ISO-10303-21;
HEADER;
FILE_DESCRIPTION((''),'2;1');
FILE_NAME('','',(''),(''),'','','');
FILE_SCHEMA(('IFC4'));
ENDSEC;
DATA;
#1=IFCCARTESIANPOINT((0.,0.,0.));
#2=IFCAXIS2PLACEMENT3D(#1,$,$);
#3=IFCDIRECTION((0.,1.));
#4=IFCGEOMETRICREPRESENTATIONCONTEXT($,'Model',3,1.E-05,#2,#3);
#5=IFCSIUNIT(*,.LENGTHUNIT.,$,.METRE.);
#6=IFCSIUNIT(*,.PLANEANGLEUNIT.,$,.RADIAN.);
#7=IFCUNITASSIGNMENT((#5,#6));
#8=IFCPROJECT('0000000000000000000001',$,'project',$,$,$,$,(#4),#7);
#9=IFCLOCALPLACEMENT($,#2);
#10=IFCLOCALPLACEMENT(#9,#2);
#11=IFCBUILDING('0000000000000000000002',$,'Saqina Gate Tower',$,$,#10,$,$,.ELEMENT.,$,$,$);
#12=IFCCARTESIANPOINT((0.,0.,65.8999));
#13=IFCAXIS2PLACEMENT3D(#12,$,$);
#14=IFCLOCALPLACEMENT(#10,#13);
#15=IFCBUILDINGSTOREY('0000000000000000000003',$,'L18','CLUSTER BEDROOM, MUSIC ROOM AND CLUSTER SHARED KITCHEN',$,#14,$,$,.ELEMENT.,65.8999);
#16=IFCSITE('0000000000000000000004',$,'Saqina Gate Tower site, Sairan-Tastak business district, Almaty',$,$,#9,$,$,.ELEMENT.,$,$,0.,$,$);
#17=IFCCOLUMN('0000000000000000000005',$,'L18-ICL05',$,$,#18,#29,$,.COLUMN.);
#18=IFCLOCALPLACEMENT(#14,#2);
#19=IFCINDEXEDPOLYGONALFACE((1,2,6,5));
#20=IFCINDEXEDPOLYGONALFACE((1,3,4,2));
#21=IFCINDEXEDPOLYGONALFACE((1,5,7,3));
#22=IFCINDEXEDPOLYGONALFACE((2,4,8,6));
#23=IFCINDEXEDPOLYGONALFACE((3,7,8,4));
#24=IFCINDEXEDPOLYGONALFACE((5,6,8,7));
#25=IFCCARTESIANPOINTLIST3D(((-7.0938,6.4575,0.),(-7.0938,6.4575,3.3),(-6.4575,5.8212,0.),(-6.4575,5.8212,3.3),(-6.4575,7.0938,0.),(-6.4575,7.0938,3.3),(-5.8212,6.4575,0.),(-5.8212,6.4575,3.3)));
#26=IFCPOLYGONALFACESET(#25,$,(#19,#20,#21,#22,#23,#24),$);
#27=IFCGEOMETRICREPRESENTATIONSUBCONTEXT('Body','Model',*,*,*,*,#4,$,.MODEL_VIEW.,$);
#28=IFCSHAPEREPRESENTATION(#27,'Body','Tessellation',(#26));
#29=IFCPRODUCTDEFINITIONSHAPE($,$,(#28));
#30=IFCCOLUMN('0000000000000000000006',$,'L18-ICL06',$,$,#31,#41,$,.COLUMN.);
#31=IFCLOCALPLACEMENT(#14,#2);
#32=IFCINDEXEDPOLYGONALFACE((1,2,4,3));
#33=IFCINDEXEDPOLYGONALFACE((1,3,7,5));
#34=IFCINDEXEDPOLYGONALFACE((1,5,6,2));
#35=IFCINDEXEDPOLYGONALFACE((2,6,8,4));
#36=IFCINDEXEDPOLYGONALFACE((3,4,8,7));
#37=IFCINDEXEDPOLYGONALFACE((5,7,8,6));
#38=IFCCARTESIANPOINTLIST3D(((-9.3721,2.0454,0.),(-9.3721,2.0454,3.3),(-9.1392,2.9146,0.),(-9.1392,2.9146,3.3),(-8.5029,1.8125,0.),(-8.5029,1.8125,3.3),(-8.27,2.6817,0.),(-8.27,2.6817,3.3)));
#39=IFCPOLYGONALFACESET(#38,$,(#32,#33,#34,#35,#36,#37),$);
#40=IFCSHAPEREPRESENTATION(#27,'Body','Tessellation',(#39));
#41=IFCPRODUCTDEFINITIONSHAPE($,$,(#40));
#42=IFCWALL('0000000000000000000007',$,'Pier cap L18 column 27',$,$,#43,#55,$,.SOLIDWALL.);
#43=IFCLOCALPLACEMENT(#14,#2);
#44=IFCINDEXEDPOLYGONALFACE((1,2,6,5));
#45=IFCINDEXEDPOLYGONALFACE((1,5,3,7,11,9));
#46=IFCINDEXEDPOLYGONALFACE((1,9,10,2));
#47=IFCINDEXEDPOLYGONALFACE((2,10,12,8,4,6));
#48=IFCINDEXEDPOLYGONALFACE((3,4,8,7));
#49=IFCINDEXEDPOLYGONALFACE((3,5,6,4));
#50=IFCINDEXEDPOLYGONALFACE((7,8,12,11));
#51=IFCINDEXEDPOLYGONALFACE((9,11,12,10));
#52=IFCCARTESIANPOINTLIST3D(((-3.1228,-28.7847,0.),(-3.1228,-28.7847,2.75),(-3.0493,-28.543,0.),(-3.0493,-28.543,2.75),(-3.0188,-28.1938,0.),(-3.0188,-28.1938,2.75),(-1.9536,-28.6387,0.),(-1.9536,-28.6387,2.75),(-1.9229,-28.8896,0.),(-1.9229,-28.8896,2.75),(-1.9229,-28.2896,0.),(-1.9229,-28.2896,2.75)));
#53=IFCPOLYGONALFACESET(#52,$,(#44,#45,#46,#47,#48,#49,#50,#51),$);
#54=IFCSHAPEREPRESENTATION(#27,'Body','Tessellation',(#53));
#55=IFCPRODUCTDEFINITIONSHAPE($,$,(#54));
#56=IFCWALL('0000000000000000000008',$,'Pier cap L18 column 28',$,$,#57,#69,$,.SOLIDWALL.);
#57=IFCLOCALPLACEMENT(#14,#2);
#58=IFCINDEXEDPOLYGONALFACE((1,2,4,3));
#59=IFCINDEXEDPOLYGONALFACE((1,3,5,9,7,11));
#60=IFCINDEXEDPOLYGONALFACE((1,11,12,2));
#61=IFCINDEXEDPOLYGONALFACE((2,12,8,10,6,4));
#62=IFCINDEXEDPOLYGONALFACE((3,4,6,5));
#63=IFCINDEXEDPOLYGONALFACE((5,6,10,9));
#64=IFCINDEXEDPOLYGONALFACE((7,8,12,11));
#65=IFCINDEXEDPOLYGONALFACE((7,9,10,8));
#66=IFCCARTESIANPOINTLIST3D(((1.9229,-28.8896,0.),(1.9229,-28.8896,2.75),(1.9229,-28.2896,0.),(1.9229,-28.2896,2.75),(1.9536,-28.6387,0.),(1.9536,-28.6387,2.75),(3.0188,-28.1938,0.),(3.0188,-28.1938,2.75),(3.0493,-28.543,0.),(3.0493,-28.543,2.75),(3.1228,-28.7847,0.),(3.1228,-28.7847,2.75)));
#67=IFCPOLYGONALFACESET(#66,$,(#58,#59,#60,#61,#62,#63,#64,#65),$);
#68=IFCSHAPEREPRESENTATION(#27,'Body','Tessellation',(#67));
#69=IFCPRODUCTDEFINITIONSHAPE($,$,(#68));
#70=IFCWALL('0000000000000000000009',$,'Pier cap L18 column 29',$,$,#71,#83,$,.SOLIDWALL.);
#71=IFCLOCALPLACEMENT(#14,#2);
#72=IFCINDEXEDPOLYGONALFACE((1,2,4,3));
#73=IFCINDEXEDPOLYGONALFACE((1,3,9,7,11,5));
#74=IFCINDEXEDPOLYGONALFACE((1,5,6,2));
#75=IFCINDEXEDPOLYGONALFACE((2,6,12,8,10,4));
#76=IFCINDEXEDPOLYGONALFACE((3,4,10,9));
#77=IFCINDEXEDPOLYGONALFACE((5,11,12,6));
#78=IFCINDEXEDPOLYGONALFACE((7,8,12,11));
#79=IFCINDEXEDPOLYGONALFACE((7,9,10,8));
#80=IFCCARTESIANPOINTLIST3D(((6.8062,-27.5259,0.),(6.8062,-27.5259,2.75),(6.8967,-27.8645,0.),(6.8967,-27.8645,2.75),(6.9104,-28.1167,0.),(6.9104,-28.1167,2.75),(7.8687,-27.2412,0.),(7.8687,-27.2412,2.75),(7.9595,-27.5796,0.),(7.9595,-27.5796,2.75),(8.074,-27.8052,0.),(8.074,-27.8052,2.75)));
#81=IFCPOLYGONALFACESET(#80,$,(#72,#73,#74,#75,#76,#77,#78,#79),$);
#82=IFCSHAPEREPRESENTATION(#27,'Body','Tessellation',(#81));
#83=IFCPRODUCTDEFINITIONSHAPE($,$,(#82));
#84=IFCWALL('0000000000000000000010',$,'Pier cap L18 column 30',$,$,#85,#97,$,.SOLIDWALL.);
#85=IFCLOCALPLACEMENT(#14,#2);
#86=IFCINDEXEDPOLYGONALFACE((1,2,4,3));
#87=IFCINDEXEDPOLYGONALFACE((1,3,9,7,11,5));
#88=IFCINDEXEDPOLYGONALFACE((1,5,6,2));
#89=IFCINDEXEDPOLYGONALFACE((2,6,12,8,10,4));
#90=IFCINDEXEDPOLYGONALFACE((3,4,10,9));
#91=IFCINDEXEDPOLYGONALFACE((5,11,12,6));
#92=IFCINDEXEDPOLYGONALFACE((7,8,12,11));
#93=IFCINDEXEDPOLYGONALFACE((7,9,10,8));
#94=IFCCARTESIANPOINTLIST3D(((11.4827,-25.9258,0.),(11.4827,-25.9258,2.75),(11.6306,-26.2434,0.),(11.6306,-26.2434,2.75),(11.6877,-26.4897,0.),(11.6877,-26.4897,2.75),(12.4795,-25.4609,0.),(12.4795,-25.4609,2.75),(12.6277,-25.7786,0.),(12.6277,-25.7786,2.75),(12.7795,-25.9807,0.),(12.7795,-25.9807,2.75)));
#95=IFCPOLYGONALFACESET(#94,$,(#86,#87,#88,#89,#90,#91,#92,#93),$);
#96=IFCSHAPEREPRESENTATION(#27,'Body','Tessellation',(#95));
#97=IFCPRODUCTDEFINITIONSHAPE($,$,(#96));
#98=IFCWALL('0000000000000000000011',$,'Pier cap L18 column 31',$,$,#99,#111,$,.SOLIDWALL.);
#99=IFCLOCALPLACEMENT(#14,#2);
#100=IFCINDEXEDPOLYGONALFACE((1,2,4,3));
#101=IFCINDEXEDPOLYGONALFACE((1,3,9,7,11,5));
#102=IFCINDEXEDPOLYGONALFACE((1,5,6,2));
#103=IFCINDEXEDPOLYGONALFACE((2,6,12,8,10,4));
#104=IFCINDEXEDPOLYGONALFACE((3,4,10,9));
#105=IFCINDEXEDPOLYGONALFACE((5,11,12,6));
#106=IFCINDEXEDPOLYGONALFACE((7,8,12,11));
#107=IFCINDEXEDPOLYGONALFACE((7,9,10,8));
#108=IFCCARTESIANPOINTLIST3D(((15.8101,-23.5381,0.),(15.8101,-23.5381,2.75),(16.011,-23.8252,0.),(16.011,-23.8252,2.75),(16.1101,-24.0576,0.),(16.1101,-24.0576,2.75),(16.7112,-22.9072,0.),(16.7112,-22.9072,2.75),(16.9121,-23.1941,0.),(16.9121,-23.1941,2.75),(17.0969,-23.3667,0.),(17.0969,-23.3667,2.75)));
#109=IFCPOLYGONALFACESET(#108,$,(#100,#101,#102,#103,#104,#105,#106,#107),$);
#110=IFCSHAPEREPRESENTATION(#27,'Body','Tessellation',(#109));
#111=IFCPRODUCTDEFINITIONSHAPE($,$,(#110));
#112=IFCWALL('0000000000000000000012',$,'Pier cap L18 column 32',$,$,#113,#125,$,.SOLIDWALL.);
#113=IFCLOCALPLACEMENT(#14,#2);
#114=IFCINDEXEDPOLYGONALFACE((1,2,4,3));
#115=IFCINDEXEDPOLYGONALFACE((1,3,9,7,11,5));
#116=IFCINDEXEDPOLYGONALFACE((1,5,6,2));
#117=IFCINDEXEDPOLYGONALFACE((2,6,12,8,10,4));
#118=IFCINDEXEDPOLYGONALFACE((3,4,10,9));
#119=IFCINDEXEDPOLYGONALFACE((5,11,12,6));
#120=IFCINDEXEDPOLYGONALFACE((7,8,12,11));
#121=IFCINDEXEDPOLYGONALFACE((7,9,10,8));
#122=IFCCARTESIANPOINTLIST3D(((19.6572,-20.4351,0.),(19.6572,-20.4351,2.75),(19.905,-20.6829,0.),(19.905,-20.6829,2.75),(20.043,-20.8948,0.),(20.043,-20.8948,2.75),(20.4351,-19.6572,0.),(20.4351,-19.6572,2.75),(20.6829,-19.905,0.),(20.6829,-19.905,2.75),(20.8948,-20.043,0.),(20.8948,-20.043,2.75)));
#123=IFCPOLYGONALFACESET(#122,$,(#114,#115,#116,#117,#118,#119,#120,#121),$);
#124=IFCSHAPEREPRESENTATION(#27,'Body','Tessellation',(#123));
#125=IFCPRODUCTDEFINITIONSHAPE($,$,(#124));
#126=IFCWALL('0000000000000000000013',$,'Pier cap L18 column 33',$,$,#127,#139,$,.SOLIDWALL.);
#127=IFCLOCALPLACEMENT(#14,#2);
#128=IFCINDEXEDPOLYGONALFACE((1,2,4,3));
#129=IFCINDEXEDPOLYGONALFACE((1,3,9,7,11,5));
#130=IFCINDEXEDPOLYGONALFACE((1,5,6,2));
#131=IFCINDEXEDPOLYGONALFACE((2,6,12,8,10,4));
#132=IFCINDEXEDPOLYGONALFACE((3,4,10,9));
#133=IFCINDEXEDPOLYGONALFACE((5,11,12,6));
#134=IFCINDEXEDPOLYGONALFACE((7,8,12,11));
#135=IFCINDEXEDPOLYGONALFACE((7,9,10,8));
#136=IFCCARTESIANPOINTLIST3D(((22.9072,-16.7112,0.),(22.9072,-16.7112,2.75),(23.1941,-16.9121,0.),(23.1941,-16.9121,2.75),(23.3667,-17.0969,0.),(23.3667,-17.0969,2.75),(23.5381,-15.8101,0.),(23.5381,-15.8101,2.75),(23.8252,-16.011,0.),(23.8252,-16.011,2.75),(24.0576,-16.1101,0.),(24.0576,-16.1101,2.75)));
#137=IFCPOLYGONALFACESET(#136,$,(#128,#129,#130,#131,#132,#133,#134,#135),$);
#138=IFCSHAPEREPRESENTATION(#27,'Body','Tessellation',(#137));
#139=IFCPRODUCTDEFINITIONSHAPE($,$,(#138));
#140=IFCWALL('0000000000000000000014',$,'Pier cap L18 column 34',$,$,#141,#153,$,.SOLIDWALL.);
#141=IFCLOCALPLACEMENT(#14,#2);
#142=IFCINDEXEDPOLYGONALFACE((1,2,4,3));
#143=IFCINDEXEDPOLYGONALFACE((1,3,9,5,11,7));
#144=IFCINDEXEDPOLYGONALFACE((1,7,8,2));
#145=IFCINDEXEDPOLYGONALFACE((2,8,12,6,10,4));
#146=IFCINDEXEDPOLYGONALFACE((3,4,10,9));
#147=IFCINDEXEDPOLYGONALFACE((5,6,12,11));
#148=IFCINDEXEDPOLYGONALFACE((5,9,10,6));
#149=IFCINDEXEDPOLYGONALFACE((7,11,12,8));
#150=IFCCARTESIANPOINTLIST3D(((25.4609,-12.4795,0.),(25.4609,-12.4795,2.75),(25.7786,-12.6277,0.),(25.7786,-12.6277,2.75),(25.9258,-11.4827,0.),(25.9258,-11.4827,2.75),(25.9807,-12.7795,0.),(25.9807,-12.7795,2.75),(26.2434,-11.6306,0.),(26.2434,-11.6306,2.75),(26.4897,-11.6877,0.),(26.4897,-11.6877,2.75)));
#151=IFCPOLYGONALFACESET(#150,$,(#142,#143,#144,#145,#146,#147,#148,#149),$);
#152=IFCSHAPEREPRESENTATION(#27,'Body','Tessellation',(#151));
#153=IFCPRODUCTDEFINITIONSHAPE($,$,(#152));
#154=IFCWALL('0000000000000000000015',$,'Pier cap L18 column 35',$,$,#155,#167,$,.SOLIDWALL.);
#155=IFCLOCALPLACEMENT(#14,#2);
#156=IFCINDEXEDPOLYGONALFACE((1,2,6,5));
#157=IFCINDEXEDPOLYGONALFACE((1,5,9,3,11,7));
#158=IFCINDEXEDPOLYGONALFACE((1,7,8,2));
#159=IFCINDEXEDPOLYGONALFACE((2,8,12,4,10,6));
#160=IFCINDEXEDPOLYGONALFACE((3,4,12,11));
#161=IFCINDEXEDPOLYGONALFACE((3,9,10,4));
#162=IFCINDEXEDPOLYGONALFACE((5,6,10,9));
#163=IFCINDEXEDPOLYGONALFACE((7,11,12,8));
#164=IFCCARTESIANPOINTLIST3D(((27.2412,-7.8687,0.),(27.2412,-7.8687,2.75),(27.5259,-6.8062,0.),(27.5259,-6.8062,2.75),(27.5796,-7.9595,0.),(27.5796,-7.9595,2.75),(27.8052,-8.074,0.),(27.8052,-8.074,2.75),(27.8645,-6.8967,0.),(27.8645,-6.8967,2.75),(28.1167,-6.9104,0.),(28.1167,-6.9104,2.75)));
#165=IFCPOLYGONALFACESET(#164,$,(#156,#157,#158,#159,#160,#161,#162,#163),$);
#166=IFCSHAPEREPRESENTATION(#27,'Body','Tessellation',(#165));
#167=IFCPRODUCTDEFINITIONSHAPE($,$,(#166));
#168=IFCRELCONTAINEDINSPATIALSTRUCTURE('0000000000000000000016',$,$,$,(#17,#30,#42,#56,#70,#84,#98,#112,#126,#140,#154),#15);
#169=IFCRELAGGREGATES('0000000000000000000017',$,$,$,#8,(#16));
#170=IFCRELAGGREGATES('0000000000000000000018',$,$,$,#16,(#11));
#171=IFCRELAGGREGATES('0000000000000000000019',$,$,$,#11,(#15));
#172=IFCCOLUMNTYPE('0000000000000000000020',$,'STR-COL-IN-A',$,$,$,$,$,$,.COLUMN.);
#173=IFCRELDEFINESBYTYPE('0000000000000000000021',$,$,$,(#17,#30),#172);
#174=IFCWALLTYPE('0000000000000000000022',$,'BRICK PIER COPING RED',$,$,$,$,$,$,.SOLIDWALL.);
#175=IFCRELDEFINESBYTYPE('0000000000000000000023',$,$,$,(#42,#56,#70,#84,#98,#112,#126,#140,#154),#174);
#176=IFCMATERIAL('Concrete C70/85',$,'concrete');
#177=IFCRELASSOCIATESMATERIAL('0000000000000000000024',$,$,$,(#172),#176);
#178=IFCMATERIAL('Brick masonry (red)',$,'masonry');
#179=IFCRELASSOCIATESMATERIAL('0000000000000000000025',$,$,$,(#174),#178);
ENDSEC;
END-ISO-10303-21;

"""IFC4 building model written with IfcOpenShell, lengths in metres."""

from ifc_helpers import new_model, si_unit, direction, frame, origin, origin_2d, place, context, subcontext, project, spatial, polyline, rectangle, outline, extrude, material, material_profile, profile_set, type_object, element, save


model = new_model("IFC4")

# Units and contexts
model_context = context("Model", 3, precision=1e-05, world=origin(), true_north=direction((0.0, 1.0)))
body_context = subcontext(model_context, "Body", "Model", "MODEL_VIEW")
ifc_project = project(units=[si_unit("LENGTHUNIT", "METRE"), si_unit("PLANEANGLEUNIT", "RADIAN")], contexts=[model_context])

# Site, building, storey
site_placement = place(None, origin())
site = spatial("IfcSite", under=ifc_project, at=site_placement, Name="Saqina Gate Tower site, Sairan-Tastak business district, Almaty", CompositionType="ELEMENT", RefElevation=0.0)
building_placement = place(site_placement, origin())
building = spatial("IfcBuilding", under=site, at=building_placement, Name="Saqina Gate Tower", CompositionType="ELEMENT")
storey_placement = place(building_placement, frame((0.0, 0.0, 65.8999)))
storey = spatial("IfcBuildingStorey", under=building, at=storey_placement, Name="L18", Description="CLUSTER BEDROOM, MUSIC ROOM AND CLUSTER SHARED KITCHEN", CompositionType="ELEMENT", Elevation=65.8999)

# Columns
ifc_material_1 = material(Name="Concrete C70/85", Category="concrete")
ifc_material_profile = material_profile(ifc_material_1, rectangle(XDim=0.8999, YDim=0.8999, at=origin_2d()), Name="RC 900x900")
ifc_profile_set = profile_set([ifc_material_profile], Name="Concrete C70/85")
column_type = type_object("IfcColumnType", Name="STR-COL-IN-A", PredefinedType="COLUMN", material=ifc_profile_set)
for number, where, z_axis, x_axis, name in (
    (1, (-6.4575, 6.4575, 0.0), (0.0, 0.0, 1.0), (-0.707107, 0.707107, 0.0), "L18-ICL05"),
    (2, (-8.821, 2.3635, 0.0), (0.0, 0.0, 1.0), (-0.965926, 0.258819, 0.0), "L18-ICL06"),
):
    element("IfcColumn", number, at=place(storey_placement, frame(where, z_axis=z_axis, x_axis=x_axis)), inside=storey, type_object=column_type, Name=name, PredefinedType="COLUMN", context=body_context, shape_type="SweptSolid", body=[
        extrude(rectangle(XDim=0.8999, YDim=0.8999, at=origin_2d()), origin(), (0.0, 0.0, 1.0), 3.3),
    ])

# Walls
ifc_material_2 = material(Name="Brick masonry (red)", Category="masonry")
wall_type_1 = type_object("IfcWallType", Name="BRICK PIER COPING RED", PredefinedType="SOLIDWALL", material=ifc_material_2)
wall_1_placement = place(storey_placement, origin())
element("IfcWall", 3, at=wall_1_placement, inside=storey, type_object=wall_type_1, Name="Pier cap L18 column 27", PredefinedType="SOLIDWALL", context=body_context, shape_type="SweptSolid", body=[
    extrude(outline(polyline([(-3.1228, -28.7847), (-1.9229, -28.8896), (-1.9229, -28.2896), (-1.9536, -28.6387), (-3.0493, -28.543), (-3.0188, -28.1938), (-3.1228, -28.7847)])), origin(), (0.0, 0.0, 1.0), 2.75),
])
wall_2_placement = place(storey_placement, origin())
element("IfcWall", 4, at=wall_2_placement, inside=storey, type_object=wall_type_1, Name="Pier cap L18 column 28", PredefinedType="SOLIDWALL", context=body_context, shape_type="SweptSolid", body=[
    extrude(outline(polyline([(1.9229, -28.8896), (3.1228, -28.7847), (3.0188, -28.1938), (3.0493, -28.543), (1.9536, -28.6387), (1.9229, -28.2896), (1.9229, -28.8896)])), origin(), (0.0, 0.0, 1.0), 2.75),
])
wall_3_placement = place(storey_placement, origin())
element("IfcWall", 5, at=wall_3_placement, inside=storey, type_object=wall_type_1, Name="Pier cap L18 column 29", PredefinedType="SOLIDWALL", context=body_context, shape_type="SweptSolid", body=[
    extrude(outline(polyline([(6.9104, -28.1167), (8.074, -27.8052), (7.8687, -27.2412), (7.9595, -27.5796), (6.8967, -27.8645), (6.8062, -27.5259), (6.9104, -28.1167)])), origin(), (0.0, 0.0, 1.0), 2.75),
])
wall_4_placement = place(storey_placement, origin())
element("IfcWall", 6, at=wall_4_placement, inside=storey, type_object=wall_type_1, Name="Pier cap L18 column 30", PredefinedType="SOLIDWALL", context=body_context, shape_type="SweptSolid", body=[
    extrude(outline(polyline([(12.7795, -25.9807), (12.4795, -25.4609), (12.6277, -25.7786), (11.6306, -26.2434), (11.4827, -25.9258), (11.6877, -26.4897), (12.7795, -25.9807)])), origin(), (0.0, 0.0, 1.0), 2.75),
])
wall_5_placement = place(storey_placement, origin())
element("IfcWall", 7, at=wall_5_placement, inside=storey, type_object=wall_type_1, Name="Pier cap L18 column 31", PredefinedType="SOLIDWALL", context=body_context, shape_type="SweptSolid", body=[
    extrude(outline(polyline([(16.1101, -24.0576), (17.0969, -23.3667), (16.7112, -22.9072), (16.9121, -23.1941), (16.011, -23.8252), (15.8101, -23.5381), (16.1101, -24.0576)])), origin(), (0.0, 0.0, 1.0), 2.75),
])
wall_6_placement = place(storey_placement, origin())
element("IfcWall", 8, at=wall_6_placement, inside=storey, type_object=wall_type_1, Name="Pier cap L18 column 32", PredefinedType="SOLIDWALL", context=body_context, shape_type="SweptSolid", body=[
    extrude(outline(polyline([(20.8948, -20.043), (20.4351, -19.6572), (20.6829, -19.905), (19.905, -20.6829), (19.6572, -20.4351), (20.043, -20.8948), (20.8948, -20.043)])), origin(), (0.0, 0.0, 1.0), 2.75),
])
wall_7_placement = place(storey_placement, origin())
element("IfcWall", 9, at=wall_7_placement, inside=storey, type_object=wall_type_1, Name="Pier cap L18 column 33", PredefinedType="SOLIDWALL", context=body_context, shape_type="SweptSolid", body=[
    extrude(outline(polyline([(23.3667, -17.0969), (24.0576, -16.1101), (23.5381, -15.8101), (23.8252, -16.011), (23.1941, -16.9121), (22.9072, -16.7112), (23.3667, -17.0969)])), origin(), (0.0, 0.0, 1.0), 2.75),
])
wall_8_placement = place(storey_placement, origin())
element("IfcWall", 10, at=wall_8_placement, inside=storey, type_object=wall_type_1, Name="Pier cap L18 column 34", PredefinedType="SOLIDWALL", context=body_context, shape_type="SweptSolid", body=[
    extrude(outline(polyline([(26.4897, -11.6877), (25.9258, -11.4827), (26.2434, -11.6306), (25.7786, -12.6277), (25.4609, -12.4795), (25.9807, -12.7795), (26.4897, -11.6877)])), origin(), (0.0, 0.0, 1.0), 2.75),
])
wall_9_placement = place(storey_placement, origin())
element("IfcWall", 11, at=wall_9_placement, inside=storey, type_object=wall_type_1, Name="Pier cap L18 column 35", PredefinedType="SOLIDWALL", context=body_context, shape_type="SweptSolid", body=[
    extrude(outline(polyline([(28.1167, -6.9104), (27.5259, -6.8062), (27.8645, -6.8967), (27.5796, -7.9595), (27.2412, -7.8687), (27.8052, -8.074), (28.1167, -6.9104)])), origin(), (0.0, 0.0, 1.0), 2.75),
])

save(model, "model.ifc")
